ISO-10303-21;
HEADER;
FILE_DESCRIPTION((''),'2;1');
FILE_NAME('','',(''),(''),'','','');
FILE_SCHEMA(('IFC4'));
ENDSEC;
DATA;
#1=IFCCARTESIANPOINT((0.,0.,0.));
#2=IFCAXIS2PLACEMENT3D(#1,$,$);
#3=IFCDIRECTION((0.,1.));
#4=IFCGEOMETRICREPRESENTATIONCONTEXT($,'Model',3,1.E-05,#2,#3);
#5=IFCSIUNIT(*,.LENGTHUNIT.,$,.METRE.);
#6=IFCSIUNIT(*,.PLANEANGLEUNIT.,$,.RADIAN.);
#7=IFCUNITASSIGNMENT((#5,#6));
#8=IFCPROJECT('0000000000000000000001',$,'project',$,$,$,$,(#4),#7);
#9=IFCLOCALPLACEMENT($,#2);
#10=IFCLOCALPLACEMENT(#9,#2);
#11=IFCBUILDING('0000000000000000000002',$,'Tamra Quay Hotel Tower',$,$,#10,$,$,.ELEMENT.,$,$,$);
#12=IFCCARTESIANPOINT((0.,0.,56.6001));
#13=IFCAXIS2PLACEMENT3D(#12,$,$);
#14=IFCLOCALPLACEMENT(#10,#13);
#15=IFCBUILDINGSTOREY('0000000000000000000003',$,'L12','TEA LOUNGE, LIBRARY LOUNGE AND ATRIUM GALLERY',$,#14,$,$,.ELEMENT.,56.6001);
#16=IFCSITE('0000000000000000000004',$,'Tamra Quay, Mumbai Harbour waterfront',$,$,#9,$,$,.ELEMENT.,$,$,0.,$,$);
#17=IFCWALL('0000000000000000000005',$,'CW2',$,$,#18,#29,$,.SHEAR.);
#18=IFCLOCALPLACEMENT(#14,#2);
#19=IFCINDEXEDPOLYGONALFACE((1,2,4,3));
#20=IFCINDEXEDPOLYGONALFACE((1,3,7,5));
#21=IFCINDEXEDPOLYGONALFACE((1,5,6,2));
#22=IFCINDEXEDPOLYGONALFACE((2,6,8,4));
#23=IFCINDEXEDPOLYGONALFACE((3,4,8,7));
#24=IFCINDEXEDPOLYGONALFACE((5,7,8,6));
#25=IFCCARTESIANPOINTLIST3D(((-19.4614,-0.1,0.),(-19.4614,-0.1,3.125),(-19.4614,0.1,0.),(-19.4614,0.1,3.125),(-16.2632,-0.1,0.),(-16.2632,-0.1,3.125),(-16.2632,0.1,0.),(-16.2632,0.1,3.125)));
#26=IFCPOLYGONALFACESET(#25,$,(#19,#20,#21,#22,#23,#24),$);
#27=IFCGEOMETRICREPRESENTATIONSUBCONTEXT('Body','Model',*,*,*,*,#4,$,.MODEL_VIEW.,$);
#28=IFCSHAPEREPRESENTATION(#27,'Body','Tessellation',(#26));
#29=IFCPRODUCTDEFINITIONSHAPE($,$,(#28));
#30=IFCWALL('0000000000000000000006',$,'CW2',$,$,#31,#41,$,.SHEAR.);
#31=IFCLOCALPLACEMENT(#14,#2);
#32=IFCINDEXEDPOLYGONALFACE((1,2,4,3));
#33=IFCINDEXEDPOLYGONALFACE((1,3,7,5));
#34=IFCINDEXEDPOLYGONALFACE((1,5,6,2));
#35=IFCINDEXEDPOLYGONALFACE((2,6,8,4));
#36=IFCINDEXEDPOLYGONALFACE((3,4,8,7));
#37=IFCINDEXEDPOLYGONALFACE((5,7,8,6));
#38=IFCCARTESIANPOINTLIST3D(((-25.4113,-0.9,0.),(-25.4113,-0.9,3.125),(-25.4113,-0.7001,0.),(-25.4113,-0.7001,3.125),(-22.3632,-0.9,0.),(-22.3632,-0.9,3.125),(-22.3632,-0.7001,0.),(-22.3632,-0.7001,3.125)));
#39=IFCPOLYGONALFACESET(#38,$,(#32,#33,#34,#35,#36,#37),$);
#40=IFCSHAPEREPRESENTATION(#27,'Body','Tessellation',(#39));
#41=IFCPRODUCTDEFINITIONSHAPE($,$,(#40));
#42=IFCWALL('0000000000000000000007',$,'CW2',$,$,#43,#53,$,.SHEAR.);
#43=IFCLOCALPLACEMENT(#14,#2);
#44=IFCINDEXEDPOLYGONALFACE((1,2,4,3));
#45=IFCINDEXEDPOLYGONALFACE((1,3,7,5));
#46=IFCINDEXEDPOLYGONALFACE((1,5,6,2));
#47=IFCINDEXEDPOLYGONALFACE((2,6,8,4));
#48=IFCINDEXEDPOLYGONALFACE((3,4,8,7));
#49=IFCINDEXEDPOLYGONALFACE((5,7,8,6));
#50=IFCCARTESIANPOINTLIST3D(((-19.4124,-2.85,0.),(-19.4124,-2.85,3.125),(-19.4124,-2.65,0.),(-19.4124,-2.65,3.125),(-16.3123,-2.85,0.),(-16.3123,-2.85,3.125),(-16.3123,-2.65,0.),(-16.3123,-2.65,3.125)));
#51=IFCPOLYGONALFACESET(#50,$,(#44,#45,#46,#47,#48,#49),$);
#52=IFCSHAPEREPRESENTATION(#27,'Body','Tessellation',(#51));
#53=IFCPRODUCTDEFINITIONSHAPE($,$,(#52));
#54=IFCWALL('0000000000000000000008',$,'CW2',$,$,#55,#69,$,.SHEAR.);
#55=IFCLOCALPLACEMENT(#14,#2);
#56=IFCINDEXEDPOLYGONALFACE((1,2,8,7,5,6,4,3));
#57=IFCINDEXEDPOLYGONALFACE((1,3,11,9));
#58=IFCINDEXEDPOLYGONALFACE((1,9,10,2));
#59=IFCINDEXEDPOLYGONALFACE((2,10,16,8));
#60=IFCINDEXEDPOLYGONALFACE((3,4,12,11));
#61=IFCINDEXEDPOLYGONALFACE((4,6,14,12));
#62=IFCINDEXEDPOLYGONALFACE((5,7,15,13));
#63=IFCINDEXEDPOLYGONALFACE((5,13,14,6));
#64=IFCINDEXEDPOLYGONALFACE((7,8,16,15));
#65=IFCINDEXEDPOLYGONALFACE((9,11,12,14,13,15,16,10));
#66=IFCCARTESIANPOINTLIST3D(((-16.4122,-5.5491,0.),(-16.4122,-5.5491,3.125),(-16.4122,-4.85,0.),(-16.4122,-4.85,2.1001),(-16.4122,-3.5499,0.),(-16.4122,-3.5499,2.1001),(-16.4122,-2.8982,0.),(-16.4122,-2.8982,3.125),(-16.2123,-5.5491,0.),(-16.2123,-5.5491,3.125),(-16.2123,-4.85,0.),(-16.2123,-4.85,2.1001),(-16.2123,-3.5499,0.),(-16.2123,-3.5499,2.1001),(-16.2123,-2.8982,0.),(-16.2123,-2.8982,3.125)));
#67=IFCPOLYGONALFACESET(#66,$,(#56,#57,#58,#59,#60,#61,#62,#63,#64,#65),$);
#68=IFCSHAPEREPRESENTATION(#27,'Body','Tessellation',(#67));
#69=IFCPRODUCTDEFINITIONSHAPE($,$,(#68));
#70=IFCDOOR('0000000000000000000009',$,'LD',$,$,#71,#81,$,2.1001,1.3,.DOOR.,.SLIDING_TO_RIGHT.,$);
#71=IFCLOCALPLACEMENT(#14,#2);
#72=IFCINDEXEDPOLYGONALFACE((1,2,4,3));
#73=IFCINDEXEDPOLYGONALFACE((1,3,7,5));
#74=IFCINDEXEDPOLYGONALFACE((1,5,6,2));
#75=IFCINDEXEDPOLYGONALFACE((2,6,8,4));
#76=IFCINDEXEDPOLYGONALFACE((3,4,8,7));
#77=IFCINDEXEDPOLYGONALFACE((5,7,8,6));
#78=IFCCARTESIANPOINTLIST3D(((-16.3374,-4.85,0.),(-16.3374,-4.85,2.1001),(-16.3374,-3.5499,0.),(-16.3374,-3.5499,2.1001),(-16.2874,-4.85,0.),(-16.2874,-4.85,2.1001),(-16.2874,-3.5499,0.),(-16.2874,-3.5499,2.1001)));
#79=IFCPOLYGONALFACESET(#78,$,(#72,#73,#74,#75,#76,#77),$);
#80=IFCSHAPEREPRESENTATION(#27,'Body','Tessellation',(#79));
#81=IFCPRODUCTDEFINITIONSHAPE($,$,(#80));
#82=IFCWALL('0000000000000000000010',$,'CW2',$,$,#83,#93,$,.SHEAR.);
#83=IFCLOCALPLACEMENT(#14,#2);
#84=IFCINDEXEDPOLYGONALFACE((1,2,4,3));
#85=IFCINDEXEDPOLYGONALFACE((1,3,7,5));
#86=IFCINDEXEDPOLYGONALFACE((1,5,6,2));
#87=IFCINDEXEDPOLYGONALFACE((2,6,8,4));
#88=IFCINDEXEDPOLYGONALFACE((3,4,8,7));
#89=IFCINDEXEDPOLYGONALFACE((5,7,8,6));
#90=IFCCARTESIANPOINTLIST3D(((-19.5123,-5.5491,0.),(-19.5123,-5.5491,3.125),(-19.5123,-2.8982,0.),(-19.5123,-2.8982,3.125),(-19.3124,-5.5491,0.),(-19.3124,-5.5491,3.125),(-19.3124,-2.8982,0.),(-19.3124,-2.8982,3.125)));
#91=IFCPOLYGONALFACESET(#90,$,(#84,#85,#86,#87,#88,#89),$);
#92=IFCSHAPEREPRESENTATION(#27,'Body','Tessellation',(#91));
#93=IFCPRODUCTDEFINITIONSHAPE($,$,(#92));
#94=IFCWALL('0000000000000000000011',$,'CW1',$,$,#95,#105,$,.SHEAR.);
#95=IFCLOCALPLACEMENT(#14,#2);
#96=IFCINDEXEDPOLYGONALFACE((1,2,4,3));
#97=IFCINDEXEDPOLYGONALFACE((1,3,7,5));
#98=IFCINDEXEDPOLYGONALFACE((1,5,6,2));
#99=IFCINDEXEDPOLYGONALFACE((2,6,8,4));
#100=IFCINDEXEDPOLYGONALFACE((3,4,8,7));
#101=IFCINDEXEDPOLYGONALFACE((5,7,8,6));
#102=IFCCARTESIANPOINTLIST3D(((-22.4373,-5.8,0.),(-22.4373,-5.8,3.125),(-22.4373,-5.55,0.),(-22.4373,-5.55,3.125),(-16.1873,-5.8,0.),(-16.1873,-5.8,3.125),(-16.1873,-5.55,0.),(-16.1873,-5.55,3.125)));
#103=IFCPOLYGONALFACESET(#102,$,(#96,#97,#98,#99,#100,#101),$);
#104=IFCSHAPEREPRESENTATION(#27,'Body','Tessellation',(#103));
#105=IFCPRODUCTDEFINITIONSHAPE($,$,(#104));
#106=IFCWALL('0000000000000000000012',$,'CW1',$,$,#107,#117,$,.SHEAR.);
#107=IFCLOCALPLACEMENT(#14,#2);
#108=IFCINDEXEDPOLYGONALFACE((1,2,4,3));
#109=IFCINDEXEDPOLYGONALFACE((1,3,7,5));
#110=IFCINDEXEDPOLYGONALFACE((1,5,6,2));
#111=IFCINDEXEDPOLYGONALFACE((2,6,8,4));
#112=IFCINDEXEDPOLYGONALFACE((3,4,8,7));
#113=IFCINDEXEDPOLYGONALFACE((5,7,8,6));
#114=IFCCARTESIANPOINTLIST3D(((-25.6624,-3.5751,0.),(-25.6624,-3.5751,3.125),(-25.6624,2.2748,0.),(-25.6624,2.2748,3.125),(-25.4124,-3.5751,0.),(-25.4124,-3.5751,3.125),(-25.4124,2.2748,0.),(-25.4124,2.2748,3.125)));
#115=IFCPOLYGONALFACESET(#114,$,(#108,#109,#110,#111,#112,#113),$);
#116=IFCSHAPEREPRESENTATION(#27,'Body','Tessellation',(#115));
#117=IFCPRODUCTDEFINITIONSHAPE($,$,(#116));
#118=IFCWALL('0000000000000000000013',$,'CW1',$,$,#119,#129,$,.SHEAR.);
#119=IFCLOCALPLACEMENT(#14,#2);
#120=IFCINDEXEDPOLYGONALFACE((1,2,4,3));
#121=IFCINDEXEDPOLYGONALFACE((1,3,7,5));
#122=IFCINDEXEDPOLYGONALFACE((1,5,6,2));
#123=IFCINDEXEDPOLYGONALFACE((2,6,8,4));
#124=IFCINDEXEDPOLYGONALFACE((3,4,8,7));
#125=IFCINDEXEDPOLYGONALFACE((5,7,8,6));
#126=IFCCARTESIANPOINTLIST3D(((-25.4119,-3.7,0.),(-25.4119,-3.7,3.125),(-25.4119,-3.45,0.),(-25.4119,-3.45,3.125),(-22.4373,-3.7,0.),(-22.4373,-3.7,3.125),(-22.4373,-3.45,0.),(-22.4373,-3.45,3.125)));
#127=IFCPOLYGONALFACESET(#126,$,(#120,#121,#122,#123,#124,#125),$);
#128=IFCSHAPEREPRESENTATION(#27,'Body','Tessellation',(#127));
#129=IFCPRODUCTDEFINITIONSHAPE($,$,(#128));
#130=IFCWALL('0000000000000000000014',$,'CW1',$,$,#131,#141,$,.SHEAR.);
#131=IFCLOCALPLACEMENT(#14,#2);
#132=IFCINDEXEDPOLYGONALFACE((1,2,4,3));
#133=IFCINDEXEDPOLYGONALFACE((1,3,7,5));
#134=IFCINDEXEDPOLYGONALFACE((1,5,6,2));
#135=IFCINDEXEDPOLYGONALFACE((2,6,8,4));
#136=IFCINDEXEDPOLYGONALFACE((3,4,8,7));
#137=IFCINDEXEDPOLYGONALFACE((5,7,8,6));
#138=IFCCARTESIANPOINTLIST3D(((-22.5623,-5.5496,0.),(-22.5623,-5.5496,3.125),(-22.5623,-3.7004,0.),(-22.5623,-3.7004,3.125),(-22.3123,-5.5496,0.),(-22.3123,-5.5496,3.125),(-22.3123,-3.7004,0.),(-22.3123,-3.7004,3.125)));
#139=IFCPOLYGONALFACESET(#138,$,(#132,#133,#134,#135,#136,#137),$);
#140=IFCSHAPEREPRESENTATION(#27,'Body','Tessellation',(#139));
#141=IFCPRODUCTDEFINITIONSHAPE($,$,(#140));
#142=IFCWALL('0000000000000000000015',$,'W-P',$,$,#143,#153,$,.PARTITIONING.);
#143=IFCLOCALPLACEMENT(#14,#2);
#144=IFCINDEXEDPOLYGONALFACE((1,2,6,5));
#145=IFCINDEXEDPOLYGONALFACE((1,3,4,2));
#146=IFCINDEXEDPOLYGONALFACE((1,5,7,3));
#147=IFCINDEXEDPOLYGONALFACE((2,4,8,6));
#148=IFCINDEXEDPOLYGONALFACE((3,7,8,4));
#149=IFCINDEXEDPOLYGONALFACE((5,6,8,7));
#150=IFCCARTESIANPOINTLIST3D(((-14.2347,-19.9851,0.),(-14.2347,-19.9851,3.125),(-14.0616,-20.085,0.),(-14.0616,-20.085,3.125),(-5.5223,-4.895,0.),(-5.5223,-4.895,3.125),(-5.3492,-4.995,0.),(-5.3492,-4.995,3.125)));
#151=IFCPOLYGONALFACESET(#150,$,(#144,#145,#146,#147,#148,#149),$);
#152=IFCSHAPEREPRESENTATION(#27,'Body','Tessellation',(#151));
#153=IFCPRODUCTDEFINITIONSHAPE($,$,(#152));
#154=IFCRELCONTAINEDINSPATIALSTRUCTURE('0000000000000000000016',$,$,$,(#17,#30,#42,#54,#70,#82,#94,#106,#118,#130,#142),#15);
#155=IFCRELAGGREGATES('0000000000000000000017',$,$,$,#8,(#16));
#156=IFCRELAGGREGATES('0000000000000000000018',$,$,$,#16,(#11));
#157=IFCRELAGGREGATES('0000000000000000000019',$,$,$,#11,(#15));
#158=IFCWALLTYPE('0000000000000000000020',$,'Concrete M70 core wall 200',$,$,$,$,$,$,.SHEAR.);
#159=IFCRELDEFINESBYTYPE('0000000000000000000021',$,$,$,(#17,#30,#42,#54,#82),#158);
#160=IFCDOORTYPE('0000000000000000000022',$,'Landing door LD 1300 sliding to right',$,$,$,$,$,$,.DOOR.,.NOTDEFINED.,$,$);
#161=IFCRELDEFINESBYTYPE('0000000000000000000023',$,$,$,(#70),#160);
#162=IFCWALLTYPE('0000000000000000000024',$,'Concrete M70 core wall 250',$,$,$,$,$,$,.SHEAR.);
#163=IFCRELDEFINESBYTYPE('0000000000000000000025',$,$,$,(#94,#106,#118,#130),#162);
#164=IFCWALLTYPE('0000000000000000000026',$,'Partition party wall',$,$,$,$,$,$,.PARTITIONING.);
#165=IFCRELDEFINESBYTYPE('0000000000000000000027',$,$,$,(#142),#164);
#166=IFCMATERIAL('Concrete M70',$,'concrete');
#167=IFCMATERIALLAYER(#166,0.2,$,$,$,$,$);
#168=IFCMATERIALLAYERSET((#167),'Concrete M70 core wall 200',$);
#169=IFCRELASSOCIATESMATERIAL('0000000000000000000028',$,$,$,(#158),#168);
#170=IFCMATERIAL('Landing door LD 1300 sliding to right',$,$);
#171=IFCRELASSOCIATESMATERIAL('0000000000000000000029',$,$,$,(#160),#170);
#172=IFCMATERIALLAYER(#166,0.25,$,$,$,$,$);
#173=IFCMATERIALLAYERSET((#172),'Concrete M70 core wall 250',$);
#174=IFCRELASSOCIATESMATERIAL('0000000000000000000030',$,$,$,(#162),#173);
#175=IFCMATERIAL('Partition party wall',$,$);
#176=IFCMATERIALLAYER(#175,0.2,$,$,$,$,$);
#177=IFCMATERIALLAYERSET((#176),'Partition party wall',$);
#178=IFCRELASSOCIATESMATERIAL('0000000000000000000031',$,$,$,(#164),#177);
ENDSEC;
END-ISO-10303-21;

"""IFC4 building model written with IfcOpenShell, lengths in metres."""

from ifc_helpers import new_model, si_unit, direction, frame, frame_2d, origin, place, context, subcontext, project, spatial, rectangle, extrude, material, layer, layer_set, type_object, element, fill, save


model = new_model("IFC4")

# Units and contexts
model_context = context("Model", 3, precision=1e-05, world=origin(), true_north=direction((0.0, 1.0)))
body_context = subcontext(model_context, "Body", "Model", "MODEL_VIEW")
ifc_project = project(units=[si_unit("LENGTHUNIT", "METRE"), si_unit("PLANEANGLEUNIT", "RADIAN")], contexts=[model_context])

# Site, building, storey
site_placement = place(None, origin())
site = spatial("IfcSite", under=ifc_project, at=site_placement, Name="Tamra Quay, Mumbai Harbour waterfront", CompositionType="ELEMENT", RefElevation=0.0)
building_placement = place(site_placement, origin())
building = spatial("IfcBuilding", under=site, at=building_placement, Name="Tamra Quay Hotel Tower", CompositionType="ELEMENT")
storey_placement = place(building_placement, frame((0.0, 0.0, 56.6001)))
storey = spatial("IfcBuildingStorey", under=building, at=storey_placement, Name="L12", Description="TEA LOUNGE, LIBRARY LOUNGE AND ATRIUM GALLERY", CompositionType="ELEMENT", Elevation=56.6001)

# Shared definitions
ifc_material_1 = material(Name="Concrete M70", Category="concrete")

# Walls
ifc_layer_1 = layer(ifc_material_1, 0.2)
ifc_layer_set_1 = layer_set([ifc_layer_1], Name="Concrete M70 core wall 200")
wall_type_1 = type_object("IfcWallType", Name="Concrete M70 core wall 200", PredefinedType="SHEAR", material=ifc_layer_set_1)
wall_1_placement = place(storey_placement, frame((-16.2632, 0.0, 0.0), z_axis=(0.0, 0.0, 1.0), x_axis=(-1.0, 0.0, 0.0)))
element("IfcWall", 1, at=wall_1_placement, inside=storey, type_object=wall_type_1, Name="CW2", PredefinedType="SHEAR", context=body_context, shape_type="SweptSolid", body=[
    extrude(rectangle(XDim=3.1982, YDim=0.2, at=frame_2d((1.5991, 0.0))), origin(), (0.0, 0.0, 1.0), 3.125),
])
wall_2_placement = place(storey_placement, frame((-22.3633, -0.8, 0.0), z_axis=(0.0, 0.0, 1.0), x_axis=(-1.0, 0.0, 0.0)))
element("IfcWall", 2, at=wall_2_placement, inside=storey, type_object=wall_type_1, Name="CW2", PredefinedType="SHEAR", context=body_context, shape_type="SweptSolid", body=[
    extrude(rectangle(XDim=3.0481, YDim=0.2, at=frame_2d((1.5239, 0.0))), origin(), (0.0, 0.0, 1.0), 3.125),
])
wall_3_placement = place(storey_placement, frame((-19.4124, -2.75, 0.0), z_axis=(0.0, 0.0, 1.0), x_axis=(1.0, 0.0, 0.0)))
element("IfcWall", 3, at=wall_3_placement, inside=storey, type_object=wall_type_1, Name="CW2", PredefinedType="SHEAR", context=body_context, shape_type="SweptSolid", body=[
    extrude(rectangle(XDim=3.1001, YDim=0.2, at=frame_2d((1.55, 0.0))), origin(), (0.0, 0.0, 1.0), 3.125),
])

# Wall, opening, door
wall_4_placement = place(storey_placement, frame((-16.3123, -2.8982, 0.0), z_axis=(0.0, 0.0, 1.0), x_axis=(0.0, -1.0, 0.0)))
wall_4 = element("IfcWall", 4, at=wall_4_placement, inside=storey, type_object=wall_type_1, Name="CW2", PredefinedType="SHEAR", context=body_context, shape_type="SweptSolid", body=[
    extrude(rectangle(XDim=2.6509, YDim=0.2, at=frame_2d((1.3254, 0.0))), origin(), (0.0, 0.0, 1.0), 3.125),
])
opening_placement = place(wall_4_placement, frame((0.6519, 0.0, 0.0)))
opening = element("IfcOpeningElement", 5, at=opening_placement, cuts=wall_4, PredefinedType="OPENING", context=body_context, shape_type="SweptSolid", body=[
    extrude(rectangle(XDim=1.3, YDim=2.1001, at=frame_2d((0.6499, 1.05))), frame((0.0, 0.1099, 0.0), z_axis=(0.0, -1.0, 0.0), x_axis=(1.0, 0.0, 0.0)), (0.0, 0.0, 1.0), 0.22),
])
ifc_material_2 = material(Name="Landing door LD 1300 sliding to right")
door_type = type_object("IfcDoorType", Name="Landing door LD 1300 sliding to right", OperationType="NOTDEFINED", PredefinedType="DOOR", material=ifc_material_2)
door_placement = place(opening_placement, origin())
door = element("IfcDoor", 6, at=door_placement, inside=storey, type_object=door_type, Name="LD", OperationType="SLIDING_TO_RIGHT", OverallHeight=2.1001, OverallWidth=1.3, PredefinedType="DOOR", context=body_context, shape_type="SweptSolid", body=[
    extrude(rectangle(XDim=1.3, YDim=2.1001, at=frame_2d((0.6499, 1.05))), frame((0.0, 0.0249, 0.0), z_axis=(0.0, -1.0, 0.0), x_axis=(1.0, 0.0, 0.0)), (0.0, 0.0, 1.0), 0.05),
])
fill(opening, door)

# Walls
wall_5_placement = place(storey_placement, frame((-19.4124, -5.5491, 0.0), z_axis=(0.0, 0.0, 1.0), x_axis=(0.0, 1.0, 0.0)))
element("IfcWall", 7, at=wall_5_placement, inside=storey, type_object=wall_type_1, Name="CW2", PredefinedType="SHEAR", context=body_context, shape_type="SweptSolid", body=[
    extrude(rectangle(XDim=2.6509, YDim=0.2, at=frame_2d((1.3254, 0.0))), origin(), (0.0, 0.0, 1.0), 3.125),
])
ifc_layer_2 = layer(ifc_material_1, 0.25)
ifc_layer_set_2 = layer_set([ifc_layer_2], Name="Concrete M70 core wall 250")
wall_type_2 = type_object("IfcWallType", Name="Concrete M70 core wall 250", PredefinedType="SHEAR", material=ifc_layer_set_2)
wall_6_placement = place(storey_placement, frame((-16.1873, -5.675, 0.0), z_axis=(0.0, 0.0, 1.0), x_axis=(-1.0, 0.0, 0.0)))
element("IfcWall", 8, at=wall_6_placement, inside=storey, type_object=wall_type_2, Name="CW1", PredefinedType="SHEAR", context=body_context, shape_type="SweptSolid", body=[
    extrude(rectangle(XDim=6.25, YDim=0.25, at=frame_2d((3.125, 0.0))), origin(), (0.0, 0.0, 1.0), 3.125),
])
wall_7_placement = place(storey_placement, frame((-25.5374, -3.575, 0.0), z_axis=(0.0, 0.0, 1.0), x_axis=(0.0, 1.0, 0.0)))
element("IfcWall", 9, at=wall_7_placement, inside=storey, type_object=wall_type_2, Name="CW1", PredefinedType="SHEAR", context=body_context, shape_type="SweptSolid", body=[
    extrude(rectangle(XDim=5.8499, YDim=0.25, at=frame_2d((2.9248, 0.0))), origin(), (0.0, 0.0, 1.0), 3.125),
])
wall_8_placement = place(storey_placement, frame((-22.4373, -3.575, 0.0), z_axis=(0.0, 0.0, 1.0), x_axis=(-1.0, 0.0, 0.0)))
element("IfcWall", 10, at=wall_8_placement, inside=storey, type_object=wall_type_2, Name="CW1", PredefinedType="SHEAR", context=body_context, shape_type="SweptSolid", body=[
    extrude(rectangle(XDim=2.9746, YDim=0.25, at=frame_2d((1.4873, 0.0))), origin(), (0.0, 0.0, 1.0), 3.125),
])
wall_9_placement = place(storey_placement, frame((-22.4373, -5.5496, 0.0), z_axis=(0.0, 0.0, 1.0), x_axis=(0.0, 1.0, 0.0)))
element("IfcWall", 11, at=wall_9_placement, inside=storey, type_object=wall_type_2, Name="CW1", PredefinedType="SHEAR", context=body_context, shape_type="SweptSolid", body=[
    extrude(rectangle(XDim=1.8491, YDim=0.25, at=frame_2d((0.9246, 0.0))), origin(), (0.0, 0.0, 1.0), 3.125),
])
ifc_material_3 = material(Name="Partition party wall")
ifc_layer_3 = layer(ifc_material_3, 0.2)
ifc_layer_set_3 = layer_set([ifc_layer_3], Name="Partition party wall")
wall_type_3 = type_object("IfcWallType", Name="Partition party wall", PredefinedType="PARTITIONING", material=ifc_layer_set_3)
wall_10_placement = place(storey_placement, frame((-14.1482, -20.0352, 0.0), z_axis=(0.0, 0.0, 1.0), x_axis=(0.500006, 0.866022, 0.0)))
element("IfcWall", 12, at=wall_10_placement, inside=storey, type_object=wall_type_3, Name="W-P", PredefinedType="PARTITIONING", context=body_context, shape_type="SweptSolid", body=[
    extrude(rectangle(XDim=17.4246, YDim=0.2, at=frame_2d((8.7124, 0.0))), origin(), (0.0, 0.0, 1.0), 3.125),
])

save(model, "model.ifc")
